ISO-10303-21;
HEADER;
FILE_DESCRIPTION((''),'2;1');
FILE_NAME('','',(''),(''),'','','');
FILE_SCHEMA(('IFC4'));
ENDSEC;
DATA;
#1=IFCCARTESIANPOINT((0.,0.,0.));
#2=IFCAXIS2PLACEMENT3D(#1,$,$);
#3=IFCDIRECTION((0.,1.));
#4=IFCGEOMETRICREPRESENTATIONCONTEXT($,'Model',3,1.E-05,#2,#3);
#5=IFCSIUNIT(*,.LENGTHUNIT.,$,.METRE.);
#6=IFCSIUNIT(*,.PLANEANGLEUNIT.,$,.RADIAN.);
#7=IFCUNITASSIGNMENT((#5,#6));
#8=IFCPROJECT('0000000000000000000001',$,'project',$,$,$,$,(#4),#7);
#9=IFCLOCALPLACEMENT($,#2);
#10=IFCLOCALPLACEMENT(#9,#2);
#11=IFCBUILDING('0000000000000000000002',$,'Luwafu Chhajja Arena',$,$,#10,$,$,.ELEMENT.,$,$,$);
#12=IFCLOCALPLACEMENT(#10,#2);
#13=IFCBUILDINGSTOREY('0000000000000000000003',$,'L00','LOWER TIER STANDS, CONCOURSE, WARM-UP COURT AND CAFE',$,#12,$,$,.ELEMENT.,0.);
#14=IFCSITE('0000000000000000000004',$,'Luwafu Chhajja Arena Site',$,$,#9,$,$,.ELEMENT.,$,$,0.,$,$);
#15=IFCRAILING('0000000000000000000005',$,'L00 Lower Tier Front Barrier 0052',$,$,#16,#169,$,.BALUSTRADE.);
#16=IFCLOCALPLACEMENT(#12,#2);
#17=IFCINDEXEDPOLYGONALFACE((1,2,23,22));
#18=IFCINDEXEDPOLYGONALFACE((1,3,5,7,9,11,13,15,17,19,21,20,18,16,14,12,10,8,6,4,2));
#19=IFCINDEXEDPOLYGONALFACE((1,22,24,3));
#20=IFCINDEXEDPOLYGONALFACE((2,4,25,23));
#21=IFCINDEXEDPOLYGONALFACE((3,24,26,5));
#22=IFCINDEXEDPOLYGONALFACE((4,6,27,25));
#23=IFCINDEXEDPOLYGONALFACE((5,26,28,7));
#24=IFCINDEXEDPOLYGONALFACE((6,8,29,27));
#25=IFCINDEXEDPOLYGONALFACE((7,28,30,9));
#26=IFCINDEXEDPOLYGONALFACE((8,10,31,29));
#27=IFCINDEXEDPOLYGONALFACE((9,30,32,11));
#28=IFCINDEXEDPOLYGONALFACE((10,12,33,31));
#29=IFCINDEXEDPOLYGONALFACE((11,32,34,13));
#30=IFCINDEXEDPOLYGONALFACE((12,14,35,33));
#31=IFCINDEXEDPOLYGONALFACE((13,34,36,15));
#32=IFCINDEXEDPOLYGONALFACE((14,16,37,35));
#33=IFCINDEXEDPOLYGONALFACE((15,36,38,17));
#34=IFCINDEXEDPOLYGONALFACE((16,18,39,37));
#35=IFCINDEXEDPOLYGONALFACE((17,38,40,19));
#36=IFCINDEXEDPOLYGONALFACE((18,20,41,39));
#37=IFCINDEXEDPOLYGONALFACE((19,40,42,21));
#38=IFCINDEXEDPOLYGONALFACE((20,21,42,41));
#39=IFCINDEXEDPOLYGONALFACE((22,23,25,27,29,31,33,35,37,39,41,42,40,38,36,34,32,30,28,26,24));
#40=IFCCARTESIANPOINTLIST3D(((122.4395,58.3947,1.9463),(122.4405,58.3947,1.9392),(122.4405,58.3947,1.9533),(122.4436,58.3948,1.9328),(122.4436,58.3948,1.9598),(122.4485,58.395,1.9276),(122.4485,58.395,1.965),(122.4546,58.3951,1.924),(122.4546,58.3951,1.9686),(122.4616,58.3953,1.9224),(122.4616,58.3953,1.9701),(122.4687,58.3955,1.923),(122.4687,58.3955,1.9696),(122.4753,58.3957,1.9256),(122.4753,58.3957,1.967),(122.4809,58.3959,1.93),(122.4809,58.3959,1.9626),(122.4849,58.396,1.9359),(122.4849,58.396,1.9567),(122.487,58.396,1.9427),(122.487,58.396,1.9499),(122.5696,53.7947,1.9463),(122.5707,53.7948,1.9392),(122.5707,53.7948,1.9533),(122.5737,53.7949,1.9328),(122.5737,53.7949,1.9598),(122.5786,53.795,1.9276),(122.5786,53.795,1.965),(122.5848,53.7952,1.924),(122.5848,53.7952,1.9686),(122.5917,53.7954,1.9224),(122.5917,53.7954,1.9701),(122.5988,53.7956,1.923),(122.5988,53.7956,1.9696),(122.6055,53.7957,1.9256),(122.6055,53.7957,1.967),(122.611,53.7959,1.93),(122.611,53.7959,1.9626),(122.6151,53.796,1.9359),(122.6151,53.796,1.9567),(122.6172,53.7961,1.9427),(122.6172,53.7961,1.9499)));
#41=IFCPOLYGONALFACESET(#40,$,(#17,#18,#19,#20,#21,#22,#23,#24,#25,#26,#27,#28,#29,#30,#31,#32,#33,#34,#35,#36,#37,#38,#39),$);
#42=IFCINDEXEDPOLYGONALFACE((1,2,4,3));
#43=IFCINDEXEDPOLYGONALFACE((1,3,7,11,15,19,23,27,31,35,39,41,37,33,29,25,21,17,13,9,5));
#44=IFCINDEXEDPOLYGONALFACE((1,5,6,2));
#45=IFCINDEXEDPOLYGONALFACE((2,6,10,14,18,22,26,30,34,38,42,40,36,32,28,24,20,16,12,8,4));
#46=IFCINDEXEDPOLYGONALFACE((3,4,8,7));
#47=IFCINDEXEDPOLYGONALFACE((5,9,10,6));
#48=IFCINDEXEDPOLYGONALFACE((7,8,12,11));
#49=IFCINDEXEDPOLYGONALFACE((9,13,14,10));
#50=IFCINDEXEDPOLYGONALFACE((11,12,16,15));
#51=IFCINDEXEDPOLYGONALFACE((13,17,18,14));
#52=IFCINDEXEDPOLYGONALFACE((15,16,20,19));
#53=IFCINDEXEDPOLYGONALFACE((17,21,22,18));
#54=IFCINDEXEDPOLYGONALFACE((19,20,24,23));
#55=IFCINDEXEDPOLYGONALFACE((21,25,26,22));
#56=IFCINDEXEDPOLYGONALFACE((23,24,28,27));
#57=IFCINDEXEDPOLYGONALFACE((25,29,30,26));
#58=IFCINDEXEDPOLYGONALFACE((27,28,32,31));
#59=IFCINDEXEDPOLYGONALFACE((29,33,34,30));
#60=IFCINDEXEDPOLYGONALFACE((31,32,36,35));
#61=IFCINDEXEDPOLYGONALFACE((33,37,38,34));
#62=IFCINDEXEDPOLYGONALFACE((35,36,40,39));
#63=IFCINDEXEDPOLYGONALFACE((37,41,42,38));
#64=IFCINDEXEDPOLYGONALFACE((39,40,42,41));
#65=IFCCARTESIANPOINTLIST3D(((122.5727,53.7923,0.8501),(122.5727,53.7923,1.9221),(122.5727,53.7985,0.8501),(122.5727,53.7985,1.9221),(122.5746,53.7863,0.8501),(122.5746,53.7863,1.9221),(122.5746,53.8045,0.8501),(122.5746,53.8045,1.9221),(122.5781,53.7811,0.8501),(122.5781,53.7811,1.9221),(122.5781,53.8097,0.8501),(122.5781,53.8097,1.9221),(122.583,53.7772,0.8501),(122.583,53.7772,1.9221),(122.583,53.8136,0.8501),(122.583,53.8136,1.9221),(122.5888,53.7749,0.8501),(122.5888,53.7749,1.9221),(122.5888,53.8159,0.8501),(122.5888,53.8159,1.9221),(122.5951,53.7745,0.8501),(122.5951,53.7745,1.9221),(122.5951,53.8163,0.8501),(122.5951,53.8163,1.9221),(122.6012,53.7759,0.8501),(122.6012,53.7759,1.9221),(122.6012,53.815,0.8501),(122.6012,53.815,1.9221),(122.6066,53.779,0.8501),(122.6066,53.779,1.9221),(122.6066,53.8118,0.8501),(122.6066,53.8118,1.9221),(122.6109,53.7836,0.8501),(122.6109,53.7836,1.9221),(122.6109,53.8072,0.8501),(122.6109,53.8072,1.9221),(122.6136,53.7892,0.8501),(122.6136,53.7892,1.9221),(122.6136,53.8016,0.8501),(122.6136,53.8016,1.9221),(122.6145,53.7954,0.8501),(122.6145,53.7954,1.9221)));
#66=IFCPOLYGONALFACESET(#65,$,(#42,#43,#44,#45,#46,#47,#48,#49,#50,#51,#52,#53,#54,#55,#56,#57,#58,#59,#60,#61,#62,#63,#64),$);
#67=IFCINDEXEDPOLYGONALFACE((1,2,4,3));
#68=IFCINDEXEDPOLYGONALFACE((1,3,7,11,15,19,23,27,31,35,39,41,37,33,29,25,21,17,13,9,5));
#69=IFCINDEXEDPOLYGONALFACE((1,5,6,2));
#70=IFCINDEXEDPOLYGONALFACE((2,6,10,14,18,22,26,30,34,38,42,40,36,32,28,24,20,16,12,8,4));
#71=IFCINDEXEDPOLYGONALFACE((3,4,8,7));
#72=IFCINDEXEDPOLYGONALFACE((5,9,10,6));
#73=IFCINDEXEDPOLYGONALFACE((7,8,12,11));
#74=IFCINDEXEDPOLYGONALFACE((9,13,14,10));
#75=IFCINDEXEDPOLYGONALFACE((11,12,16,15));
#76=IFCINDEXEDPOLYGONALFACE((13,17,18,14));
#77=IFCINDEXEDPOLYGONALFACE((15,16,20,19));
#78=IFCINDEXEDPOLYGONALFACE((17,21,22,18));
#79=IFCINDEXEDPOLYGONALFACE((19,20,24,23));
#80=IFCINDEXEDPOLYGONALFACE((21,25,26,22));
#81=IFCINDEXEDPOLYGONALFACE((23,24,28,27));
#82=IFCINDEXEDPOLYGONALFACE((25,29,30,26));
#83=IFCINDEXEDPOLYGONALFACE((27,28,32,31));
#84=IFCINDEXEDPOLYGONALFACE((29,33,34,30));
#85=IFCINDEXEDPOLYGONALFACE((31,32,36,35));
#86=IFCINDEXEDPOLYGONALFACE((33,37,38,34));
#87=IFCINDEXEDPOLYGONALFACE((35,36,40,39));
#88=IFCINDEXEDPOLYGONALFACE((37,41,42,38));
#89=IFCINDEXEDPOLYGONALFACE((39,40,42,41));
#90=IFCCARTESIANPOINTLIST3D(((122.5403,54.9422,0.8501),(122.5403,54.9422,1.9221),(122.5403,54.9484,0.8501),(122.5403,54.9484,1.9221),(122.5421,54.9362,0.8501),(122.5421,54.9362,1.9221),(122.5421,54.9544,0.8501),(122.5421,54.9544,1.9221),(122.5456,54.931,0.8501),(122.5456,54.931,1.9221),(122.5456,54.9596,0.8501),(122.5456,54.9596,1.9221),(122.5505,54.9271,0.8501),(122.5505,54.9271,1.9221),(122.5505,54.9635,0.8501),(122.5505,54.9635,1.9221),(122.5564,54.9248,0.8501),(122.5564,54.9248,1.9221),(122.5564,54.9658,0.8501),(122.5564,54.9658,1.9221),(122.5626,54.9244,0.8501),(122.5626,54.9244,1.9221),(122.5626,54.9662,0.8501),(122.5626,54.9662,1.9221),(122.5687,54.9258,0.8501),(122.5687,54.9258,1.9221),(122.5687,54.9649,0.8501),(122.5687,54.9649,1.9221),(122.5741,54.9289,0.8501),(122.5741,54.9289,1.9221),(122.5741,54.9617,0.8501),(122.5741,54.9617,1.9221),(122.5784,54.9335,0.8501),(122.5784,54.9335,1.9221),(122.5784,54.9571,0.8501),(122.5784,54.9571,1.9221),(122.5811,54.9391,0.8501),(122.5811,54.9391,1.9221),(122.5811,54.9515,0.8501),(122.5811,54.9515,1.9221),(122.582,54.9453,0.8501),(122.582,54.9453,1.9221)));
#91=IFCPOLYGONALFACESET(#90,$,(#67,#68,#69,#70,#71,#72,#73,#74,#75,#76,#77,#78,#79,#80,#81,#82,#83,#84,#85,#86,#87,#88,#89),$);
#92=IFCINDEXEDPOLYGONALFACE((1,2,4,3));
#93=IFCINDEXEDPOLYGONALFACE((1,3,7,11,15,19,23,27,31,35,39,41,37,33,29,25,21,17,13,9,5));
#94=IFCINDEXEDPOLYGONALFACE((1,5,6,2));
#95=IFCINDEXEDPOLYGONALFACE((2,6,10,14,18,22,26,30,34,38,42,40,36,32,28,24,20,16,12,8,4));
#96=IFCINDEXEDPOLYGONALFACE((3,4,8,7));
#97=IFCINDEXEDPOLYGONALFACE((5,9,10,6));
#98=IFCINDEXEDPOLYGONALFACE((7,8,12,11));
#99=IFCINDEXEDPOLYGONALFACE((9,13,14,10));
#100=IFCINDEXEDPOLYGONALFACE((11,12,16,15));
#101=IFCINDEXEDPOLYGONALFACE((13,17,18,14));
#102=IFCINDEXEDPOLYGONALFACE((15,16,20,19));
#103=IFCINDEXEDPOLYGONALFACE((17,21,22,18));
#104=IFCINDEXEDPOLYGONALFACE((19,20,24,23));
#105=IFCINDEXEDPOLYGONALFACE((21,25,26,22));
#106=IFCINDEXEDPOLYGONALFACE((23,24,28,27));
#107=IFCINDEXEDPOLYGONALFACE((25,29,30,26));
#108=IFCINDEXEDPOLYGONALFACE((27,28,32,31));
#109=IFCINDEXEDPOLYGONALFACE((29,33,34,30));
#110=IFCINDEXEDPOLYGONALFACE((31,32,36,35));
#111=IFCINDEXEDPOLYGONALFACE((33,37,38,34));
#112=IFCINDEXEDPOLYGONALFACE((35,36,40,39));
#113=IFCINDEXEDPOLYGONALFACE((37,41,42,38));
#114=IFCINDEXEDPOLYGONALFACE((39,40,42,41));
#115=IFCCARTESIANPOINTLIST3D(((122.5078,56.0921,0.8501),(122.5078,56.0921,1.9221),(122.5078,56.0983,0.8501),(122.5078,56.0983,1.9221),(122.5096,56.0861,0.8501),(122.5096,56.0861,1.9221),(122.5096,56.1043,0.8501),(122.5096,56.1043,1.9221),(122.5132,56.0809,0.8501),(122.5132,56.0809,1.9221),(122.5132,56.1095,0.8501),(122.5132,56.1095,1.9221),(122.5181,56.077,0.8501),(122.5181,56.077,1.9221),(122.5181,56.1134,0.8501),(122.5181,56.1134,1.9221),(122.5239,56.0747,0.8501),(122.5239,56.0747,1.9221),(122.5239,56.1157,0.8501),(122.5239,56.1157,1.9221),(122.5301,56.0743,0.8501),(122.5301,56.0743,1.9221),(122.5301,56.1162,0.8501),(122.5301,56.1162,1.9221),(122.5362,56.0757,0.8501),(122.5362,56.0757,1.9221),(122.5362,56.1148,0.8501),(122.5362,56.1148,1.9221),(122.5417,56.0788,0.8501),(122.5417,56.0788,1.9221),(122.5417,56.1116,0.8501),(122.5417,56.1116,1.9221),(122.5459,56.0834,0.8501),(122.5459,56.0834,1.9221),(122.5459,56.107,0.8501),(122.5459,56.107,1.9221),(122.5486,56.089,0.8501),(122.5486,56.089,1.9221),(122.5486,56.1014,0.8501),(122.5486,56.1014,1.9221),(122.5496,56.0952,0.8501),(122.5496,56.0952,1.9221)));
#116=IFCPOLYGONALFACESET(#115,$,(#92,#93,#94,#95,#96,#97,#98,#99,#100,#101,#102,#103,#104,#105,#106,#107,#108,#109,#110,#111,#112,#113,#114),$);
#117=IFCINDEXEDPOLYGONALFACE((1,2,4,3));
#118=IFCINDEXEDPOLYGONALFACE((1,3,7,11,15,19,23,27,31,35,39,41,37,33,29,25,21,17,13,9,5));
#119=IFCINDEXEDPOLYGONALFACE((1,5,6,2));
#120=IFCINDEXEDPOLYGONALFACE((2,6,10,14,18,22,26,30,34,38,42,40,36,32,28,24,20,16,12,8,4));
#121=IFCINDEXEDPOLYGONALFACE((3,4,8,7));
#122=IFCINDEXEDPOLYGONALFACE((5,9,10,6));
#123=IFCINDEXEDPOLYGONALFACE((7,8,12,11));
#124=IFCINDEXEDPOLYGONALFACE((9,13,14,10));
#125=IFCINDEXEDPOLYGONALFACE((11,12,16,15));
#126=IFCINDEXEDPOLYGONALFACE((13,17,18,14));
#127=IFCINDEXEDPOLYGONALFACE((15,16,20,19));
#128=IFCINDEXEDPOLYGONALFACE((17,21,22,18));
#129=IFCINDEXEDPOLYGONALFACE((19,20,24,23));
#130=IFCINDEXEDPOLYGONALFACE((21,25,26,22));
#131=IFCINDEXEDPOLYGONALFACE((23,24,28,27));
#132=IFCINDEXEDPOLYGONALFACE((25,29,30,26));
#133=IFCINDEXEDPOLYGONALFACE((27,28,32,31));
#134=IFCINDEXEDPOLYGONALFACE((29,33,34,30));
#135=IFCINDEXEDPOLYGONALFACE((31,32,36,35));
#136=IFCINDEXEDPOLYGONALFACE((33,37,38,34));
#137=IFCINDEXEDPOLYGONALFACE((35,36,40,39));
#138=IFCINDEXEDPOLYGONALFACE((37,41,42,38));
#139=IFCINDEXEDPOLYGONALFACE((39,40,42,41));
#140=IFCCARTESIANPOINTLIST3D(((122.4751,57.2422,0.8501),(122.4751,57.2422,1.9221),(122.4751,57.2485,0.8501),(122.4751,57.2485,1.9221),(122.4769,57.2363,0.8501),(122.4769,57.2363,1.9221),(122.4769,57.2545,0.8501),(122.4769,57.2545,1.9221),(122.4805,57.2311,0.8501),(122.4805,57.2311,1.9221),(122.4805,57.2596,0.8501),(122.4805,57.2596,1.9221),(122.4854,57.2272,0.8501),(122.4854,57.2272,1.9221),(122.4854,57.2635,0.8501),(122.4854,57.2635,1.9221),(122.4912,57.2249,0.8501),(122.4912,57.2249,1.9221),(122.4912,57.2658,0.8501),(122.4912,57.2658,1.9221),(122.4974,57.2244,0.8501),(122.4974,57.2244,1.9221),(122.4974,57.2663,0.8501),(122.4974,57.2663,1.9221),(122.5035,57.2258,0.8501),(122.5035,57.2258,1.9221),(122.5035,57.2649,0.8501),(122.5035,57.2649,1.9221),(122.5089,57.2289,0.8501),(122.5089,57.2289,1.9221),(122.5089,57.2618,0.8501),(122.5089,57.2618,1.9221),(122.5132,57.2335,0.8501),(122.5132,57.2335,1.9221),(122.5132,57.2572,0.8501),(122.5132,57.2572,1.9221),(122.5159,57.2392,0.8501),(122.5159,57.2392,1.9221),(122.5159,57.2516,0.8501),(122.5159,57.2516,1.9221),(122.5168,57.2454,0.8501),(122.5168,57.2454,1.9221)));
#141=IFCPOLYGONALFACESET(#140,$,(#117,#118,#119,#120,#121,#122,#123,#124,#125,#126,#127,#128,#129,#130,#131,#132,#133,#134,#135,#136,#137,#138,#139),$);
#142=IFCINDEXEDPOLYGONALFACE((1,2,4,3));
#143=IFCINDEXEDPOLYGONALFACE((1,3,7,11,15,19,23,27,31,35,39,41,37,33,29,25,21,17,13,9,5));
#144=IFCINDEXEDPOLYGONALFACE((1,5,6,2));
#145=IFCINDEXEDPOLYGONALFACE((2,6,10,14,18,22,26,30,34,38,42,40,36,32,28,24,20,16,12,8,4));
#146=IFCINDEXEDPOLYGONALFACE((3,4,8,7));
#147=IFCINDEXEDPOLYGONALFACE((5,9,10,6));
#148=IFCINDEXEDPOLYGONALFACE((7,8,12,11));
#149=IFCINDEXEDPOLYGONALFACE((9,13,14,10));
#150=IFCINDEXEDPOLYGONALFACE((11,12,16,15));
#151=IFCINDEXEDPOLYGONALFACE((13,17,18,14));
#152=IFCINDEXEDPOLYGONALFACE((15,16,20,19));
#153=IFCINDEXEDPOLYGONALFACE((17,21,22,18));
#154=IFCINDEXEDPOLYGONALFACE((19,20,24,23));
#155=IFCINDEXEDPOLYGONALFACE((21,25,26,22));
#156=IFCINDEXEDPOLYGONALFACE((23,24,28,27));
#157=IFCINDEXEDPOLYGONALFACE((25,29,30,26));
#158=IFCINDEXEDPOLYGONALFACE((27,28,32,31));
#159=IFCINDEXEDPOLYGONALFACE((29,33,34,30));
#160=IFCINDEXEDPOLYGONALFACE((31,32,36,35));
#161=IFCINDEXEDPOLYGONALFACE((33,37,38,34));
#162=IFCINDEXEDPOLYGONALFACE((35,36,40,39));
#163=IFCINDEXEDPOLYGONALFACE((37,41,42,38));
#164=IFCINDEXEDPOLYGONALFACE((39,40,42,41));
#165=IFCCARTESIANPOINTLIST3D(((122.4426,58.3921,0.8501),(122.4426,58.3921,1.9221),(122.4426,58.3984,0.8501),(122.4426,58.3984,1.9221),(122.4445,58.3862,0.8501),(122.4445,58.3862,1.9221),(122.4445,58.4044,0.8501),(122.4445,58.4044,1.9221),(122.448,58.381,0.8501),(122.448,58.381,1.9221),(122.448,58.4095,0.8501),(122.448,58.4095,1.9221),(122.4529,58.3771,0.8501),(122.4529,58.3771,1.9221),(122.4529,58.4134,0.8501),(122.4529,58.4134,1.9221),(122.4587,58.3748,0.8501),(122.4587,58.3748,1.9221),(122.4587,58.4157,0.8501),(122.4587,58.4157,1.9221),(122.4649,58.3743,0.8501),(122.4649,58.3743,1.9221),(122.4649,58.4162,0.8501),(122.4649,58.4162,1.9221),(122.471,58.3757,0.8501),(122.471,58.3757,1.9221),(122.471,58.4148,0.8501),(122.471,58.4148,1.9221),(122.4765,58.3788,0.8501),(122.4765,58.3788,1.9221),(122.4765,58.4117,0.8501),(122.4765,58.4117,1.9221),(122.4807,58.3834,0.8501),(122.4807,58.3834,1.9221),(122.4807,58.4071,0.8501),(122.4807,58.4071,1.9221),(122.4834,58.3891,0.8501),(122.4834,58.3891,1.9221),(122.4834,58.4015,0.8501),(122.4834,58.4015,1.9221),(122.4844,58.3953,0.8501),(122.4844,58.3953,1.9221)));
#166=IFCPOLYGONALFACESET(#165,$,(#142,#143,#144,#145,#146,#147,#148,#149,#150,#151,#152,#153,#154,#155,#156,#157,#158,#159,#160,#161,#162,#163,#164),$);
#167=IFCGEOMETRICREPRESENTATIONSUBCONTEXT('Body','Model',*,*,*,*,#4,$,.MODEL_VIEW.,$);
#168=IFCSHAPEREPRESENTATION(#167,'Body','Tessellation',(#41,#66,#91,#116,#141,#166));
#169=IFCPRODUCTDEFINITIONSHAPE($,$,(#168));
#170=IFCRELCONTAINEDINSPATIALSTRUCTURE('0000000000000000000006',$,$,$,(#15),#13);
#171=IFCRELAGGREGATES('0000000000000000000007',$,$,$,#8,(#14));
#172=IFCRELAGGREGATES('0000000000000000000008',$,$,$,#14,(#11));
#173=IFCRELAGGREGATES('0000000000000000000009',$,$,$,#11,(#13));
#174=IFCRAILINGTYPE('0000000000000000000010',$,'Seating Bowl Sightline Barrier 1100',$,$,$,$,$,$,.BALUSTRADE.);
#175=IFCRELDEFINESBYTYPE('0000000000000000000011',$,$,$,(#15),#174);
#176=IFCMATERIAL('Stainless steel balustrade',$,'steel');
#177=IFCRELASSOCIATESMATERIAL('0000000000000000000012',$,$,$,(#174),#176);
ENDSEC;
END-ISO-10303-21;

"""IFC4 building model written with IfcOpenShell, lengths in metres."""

from ifc_helpers import new_model, si_unit, direction, frame, origin, origin_2d, place, context, subcontext, project, spatial, circle, extrude, material, type_object, element, save


model = new_model("IFC4")

# Units and contexts
model_context = context("Model", 3, precision=1e-05, world=origin(), true_north=direction((0.0, 1.0)))
body_context = subcontext(model_context, "Body", "Model", "MODEL_VIEW")
ifc_project = project(units=[si_unit("LENGTHUNIT", "METRE"), si_unit("PLANEANGLEUNIT", "RADIAN")], contexts=[model_context])

# Site, building, storey
site_placement = place(None, origin())
site = spatial("IfcSite", under=ifc_project, at=site_placement, Name="Luwafu Chhajja Arena Site", CompositionType="ELEMENT", RefElevation=0.0)
building_placement = place(site_placement, origin())
building = spatial("IfcBuilding", under=site, at=building_placement, Name="Luwafu Chhajja Arena", CompositionType="ELEMENT")
storey_placement = place(building_placement, origin())
storey = spatial("IfcBuildingStorey", under=building, at=storey_placement, Name="L00", Description="LOWER TIER STANDS, CONCOURSE, WARM-UP COURT AND CAFE", CompositionType="ELEMENT", Elevation=0.0)

# Railing
ifc_material_1 = material(Name="Stainless steel balustrade", Category="steel")
railing_type = type_object("IfcRailingType", Name="Seating Bowl Sightline Barrier 1100", PredefinedType="BALUSTRADE", material=ifc_material_1)
railing_1_placement = place(storey_placement, frame((122.5935, 53.7954, 0.8501)))
element("IfcRailing", 1, at=railing_1_placement, inside=storey, type_object=railing_type, Name="L00 Lower Tier Front Barrier 0052", PredefinedType="BALUSTRADE", context=body_context, shape_type="SweptSolid", body=[
    extrude(circle(Radius=0.0239, at=origin_2d()), frame((0.0, 0.0, 1.0962), z_axis=(-0.028278, 0.9996, 0.0), x_axis=(-0.9996, -0.028278, 0.0)), (0.0, 0.0, 1.0), 4.6018),
    extrude(circle(Radius=0.021, at=origin_2d()), origin(), (0.0, 0.0, 1.0), 1.072),
    extrude(circle(Radius=0.021, at=origin_2d()), frame((-0.0325, 1.1499, 0.0)), (0.0, 0.0, 1.0), 1.072),
    extrude(circle(Radius=0.021, at=origin_2d()), frame((-0.0649, 2.2998, 0.0)), (0.0, 0.0, 1.0), 1.072),
    extrude(circle(Radius=0.021, at=origin_2d()), frame((-0.0977, 3.45, 0.0)), (0.0, 0.0, 1.0), 1.072),
    extrude(circle(Radius=0.021, at=origin_2d()), frame((-0.1301, 4.5999, 0.0)), (0.0, 0.0, 1.0), 1.072),
])

save(model, "model.ifc")
